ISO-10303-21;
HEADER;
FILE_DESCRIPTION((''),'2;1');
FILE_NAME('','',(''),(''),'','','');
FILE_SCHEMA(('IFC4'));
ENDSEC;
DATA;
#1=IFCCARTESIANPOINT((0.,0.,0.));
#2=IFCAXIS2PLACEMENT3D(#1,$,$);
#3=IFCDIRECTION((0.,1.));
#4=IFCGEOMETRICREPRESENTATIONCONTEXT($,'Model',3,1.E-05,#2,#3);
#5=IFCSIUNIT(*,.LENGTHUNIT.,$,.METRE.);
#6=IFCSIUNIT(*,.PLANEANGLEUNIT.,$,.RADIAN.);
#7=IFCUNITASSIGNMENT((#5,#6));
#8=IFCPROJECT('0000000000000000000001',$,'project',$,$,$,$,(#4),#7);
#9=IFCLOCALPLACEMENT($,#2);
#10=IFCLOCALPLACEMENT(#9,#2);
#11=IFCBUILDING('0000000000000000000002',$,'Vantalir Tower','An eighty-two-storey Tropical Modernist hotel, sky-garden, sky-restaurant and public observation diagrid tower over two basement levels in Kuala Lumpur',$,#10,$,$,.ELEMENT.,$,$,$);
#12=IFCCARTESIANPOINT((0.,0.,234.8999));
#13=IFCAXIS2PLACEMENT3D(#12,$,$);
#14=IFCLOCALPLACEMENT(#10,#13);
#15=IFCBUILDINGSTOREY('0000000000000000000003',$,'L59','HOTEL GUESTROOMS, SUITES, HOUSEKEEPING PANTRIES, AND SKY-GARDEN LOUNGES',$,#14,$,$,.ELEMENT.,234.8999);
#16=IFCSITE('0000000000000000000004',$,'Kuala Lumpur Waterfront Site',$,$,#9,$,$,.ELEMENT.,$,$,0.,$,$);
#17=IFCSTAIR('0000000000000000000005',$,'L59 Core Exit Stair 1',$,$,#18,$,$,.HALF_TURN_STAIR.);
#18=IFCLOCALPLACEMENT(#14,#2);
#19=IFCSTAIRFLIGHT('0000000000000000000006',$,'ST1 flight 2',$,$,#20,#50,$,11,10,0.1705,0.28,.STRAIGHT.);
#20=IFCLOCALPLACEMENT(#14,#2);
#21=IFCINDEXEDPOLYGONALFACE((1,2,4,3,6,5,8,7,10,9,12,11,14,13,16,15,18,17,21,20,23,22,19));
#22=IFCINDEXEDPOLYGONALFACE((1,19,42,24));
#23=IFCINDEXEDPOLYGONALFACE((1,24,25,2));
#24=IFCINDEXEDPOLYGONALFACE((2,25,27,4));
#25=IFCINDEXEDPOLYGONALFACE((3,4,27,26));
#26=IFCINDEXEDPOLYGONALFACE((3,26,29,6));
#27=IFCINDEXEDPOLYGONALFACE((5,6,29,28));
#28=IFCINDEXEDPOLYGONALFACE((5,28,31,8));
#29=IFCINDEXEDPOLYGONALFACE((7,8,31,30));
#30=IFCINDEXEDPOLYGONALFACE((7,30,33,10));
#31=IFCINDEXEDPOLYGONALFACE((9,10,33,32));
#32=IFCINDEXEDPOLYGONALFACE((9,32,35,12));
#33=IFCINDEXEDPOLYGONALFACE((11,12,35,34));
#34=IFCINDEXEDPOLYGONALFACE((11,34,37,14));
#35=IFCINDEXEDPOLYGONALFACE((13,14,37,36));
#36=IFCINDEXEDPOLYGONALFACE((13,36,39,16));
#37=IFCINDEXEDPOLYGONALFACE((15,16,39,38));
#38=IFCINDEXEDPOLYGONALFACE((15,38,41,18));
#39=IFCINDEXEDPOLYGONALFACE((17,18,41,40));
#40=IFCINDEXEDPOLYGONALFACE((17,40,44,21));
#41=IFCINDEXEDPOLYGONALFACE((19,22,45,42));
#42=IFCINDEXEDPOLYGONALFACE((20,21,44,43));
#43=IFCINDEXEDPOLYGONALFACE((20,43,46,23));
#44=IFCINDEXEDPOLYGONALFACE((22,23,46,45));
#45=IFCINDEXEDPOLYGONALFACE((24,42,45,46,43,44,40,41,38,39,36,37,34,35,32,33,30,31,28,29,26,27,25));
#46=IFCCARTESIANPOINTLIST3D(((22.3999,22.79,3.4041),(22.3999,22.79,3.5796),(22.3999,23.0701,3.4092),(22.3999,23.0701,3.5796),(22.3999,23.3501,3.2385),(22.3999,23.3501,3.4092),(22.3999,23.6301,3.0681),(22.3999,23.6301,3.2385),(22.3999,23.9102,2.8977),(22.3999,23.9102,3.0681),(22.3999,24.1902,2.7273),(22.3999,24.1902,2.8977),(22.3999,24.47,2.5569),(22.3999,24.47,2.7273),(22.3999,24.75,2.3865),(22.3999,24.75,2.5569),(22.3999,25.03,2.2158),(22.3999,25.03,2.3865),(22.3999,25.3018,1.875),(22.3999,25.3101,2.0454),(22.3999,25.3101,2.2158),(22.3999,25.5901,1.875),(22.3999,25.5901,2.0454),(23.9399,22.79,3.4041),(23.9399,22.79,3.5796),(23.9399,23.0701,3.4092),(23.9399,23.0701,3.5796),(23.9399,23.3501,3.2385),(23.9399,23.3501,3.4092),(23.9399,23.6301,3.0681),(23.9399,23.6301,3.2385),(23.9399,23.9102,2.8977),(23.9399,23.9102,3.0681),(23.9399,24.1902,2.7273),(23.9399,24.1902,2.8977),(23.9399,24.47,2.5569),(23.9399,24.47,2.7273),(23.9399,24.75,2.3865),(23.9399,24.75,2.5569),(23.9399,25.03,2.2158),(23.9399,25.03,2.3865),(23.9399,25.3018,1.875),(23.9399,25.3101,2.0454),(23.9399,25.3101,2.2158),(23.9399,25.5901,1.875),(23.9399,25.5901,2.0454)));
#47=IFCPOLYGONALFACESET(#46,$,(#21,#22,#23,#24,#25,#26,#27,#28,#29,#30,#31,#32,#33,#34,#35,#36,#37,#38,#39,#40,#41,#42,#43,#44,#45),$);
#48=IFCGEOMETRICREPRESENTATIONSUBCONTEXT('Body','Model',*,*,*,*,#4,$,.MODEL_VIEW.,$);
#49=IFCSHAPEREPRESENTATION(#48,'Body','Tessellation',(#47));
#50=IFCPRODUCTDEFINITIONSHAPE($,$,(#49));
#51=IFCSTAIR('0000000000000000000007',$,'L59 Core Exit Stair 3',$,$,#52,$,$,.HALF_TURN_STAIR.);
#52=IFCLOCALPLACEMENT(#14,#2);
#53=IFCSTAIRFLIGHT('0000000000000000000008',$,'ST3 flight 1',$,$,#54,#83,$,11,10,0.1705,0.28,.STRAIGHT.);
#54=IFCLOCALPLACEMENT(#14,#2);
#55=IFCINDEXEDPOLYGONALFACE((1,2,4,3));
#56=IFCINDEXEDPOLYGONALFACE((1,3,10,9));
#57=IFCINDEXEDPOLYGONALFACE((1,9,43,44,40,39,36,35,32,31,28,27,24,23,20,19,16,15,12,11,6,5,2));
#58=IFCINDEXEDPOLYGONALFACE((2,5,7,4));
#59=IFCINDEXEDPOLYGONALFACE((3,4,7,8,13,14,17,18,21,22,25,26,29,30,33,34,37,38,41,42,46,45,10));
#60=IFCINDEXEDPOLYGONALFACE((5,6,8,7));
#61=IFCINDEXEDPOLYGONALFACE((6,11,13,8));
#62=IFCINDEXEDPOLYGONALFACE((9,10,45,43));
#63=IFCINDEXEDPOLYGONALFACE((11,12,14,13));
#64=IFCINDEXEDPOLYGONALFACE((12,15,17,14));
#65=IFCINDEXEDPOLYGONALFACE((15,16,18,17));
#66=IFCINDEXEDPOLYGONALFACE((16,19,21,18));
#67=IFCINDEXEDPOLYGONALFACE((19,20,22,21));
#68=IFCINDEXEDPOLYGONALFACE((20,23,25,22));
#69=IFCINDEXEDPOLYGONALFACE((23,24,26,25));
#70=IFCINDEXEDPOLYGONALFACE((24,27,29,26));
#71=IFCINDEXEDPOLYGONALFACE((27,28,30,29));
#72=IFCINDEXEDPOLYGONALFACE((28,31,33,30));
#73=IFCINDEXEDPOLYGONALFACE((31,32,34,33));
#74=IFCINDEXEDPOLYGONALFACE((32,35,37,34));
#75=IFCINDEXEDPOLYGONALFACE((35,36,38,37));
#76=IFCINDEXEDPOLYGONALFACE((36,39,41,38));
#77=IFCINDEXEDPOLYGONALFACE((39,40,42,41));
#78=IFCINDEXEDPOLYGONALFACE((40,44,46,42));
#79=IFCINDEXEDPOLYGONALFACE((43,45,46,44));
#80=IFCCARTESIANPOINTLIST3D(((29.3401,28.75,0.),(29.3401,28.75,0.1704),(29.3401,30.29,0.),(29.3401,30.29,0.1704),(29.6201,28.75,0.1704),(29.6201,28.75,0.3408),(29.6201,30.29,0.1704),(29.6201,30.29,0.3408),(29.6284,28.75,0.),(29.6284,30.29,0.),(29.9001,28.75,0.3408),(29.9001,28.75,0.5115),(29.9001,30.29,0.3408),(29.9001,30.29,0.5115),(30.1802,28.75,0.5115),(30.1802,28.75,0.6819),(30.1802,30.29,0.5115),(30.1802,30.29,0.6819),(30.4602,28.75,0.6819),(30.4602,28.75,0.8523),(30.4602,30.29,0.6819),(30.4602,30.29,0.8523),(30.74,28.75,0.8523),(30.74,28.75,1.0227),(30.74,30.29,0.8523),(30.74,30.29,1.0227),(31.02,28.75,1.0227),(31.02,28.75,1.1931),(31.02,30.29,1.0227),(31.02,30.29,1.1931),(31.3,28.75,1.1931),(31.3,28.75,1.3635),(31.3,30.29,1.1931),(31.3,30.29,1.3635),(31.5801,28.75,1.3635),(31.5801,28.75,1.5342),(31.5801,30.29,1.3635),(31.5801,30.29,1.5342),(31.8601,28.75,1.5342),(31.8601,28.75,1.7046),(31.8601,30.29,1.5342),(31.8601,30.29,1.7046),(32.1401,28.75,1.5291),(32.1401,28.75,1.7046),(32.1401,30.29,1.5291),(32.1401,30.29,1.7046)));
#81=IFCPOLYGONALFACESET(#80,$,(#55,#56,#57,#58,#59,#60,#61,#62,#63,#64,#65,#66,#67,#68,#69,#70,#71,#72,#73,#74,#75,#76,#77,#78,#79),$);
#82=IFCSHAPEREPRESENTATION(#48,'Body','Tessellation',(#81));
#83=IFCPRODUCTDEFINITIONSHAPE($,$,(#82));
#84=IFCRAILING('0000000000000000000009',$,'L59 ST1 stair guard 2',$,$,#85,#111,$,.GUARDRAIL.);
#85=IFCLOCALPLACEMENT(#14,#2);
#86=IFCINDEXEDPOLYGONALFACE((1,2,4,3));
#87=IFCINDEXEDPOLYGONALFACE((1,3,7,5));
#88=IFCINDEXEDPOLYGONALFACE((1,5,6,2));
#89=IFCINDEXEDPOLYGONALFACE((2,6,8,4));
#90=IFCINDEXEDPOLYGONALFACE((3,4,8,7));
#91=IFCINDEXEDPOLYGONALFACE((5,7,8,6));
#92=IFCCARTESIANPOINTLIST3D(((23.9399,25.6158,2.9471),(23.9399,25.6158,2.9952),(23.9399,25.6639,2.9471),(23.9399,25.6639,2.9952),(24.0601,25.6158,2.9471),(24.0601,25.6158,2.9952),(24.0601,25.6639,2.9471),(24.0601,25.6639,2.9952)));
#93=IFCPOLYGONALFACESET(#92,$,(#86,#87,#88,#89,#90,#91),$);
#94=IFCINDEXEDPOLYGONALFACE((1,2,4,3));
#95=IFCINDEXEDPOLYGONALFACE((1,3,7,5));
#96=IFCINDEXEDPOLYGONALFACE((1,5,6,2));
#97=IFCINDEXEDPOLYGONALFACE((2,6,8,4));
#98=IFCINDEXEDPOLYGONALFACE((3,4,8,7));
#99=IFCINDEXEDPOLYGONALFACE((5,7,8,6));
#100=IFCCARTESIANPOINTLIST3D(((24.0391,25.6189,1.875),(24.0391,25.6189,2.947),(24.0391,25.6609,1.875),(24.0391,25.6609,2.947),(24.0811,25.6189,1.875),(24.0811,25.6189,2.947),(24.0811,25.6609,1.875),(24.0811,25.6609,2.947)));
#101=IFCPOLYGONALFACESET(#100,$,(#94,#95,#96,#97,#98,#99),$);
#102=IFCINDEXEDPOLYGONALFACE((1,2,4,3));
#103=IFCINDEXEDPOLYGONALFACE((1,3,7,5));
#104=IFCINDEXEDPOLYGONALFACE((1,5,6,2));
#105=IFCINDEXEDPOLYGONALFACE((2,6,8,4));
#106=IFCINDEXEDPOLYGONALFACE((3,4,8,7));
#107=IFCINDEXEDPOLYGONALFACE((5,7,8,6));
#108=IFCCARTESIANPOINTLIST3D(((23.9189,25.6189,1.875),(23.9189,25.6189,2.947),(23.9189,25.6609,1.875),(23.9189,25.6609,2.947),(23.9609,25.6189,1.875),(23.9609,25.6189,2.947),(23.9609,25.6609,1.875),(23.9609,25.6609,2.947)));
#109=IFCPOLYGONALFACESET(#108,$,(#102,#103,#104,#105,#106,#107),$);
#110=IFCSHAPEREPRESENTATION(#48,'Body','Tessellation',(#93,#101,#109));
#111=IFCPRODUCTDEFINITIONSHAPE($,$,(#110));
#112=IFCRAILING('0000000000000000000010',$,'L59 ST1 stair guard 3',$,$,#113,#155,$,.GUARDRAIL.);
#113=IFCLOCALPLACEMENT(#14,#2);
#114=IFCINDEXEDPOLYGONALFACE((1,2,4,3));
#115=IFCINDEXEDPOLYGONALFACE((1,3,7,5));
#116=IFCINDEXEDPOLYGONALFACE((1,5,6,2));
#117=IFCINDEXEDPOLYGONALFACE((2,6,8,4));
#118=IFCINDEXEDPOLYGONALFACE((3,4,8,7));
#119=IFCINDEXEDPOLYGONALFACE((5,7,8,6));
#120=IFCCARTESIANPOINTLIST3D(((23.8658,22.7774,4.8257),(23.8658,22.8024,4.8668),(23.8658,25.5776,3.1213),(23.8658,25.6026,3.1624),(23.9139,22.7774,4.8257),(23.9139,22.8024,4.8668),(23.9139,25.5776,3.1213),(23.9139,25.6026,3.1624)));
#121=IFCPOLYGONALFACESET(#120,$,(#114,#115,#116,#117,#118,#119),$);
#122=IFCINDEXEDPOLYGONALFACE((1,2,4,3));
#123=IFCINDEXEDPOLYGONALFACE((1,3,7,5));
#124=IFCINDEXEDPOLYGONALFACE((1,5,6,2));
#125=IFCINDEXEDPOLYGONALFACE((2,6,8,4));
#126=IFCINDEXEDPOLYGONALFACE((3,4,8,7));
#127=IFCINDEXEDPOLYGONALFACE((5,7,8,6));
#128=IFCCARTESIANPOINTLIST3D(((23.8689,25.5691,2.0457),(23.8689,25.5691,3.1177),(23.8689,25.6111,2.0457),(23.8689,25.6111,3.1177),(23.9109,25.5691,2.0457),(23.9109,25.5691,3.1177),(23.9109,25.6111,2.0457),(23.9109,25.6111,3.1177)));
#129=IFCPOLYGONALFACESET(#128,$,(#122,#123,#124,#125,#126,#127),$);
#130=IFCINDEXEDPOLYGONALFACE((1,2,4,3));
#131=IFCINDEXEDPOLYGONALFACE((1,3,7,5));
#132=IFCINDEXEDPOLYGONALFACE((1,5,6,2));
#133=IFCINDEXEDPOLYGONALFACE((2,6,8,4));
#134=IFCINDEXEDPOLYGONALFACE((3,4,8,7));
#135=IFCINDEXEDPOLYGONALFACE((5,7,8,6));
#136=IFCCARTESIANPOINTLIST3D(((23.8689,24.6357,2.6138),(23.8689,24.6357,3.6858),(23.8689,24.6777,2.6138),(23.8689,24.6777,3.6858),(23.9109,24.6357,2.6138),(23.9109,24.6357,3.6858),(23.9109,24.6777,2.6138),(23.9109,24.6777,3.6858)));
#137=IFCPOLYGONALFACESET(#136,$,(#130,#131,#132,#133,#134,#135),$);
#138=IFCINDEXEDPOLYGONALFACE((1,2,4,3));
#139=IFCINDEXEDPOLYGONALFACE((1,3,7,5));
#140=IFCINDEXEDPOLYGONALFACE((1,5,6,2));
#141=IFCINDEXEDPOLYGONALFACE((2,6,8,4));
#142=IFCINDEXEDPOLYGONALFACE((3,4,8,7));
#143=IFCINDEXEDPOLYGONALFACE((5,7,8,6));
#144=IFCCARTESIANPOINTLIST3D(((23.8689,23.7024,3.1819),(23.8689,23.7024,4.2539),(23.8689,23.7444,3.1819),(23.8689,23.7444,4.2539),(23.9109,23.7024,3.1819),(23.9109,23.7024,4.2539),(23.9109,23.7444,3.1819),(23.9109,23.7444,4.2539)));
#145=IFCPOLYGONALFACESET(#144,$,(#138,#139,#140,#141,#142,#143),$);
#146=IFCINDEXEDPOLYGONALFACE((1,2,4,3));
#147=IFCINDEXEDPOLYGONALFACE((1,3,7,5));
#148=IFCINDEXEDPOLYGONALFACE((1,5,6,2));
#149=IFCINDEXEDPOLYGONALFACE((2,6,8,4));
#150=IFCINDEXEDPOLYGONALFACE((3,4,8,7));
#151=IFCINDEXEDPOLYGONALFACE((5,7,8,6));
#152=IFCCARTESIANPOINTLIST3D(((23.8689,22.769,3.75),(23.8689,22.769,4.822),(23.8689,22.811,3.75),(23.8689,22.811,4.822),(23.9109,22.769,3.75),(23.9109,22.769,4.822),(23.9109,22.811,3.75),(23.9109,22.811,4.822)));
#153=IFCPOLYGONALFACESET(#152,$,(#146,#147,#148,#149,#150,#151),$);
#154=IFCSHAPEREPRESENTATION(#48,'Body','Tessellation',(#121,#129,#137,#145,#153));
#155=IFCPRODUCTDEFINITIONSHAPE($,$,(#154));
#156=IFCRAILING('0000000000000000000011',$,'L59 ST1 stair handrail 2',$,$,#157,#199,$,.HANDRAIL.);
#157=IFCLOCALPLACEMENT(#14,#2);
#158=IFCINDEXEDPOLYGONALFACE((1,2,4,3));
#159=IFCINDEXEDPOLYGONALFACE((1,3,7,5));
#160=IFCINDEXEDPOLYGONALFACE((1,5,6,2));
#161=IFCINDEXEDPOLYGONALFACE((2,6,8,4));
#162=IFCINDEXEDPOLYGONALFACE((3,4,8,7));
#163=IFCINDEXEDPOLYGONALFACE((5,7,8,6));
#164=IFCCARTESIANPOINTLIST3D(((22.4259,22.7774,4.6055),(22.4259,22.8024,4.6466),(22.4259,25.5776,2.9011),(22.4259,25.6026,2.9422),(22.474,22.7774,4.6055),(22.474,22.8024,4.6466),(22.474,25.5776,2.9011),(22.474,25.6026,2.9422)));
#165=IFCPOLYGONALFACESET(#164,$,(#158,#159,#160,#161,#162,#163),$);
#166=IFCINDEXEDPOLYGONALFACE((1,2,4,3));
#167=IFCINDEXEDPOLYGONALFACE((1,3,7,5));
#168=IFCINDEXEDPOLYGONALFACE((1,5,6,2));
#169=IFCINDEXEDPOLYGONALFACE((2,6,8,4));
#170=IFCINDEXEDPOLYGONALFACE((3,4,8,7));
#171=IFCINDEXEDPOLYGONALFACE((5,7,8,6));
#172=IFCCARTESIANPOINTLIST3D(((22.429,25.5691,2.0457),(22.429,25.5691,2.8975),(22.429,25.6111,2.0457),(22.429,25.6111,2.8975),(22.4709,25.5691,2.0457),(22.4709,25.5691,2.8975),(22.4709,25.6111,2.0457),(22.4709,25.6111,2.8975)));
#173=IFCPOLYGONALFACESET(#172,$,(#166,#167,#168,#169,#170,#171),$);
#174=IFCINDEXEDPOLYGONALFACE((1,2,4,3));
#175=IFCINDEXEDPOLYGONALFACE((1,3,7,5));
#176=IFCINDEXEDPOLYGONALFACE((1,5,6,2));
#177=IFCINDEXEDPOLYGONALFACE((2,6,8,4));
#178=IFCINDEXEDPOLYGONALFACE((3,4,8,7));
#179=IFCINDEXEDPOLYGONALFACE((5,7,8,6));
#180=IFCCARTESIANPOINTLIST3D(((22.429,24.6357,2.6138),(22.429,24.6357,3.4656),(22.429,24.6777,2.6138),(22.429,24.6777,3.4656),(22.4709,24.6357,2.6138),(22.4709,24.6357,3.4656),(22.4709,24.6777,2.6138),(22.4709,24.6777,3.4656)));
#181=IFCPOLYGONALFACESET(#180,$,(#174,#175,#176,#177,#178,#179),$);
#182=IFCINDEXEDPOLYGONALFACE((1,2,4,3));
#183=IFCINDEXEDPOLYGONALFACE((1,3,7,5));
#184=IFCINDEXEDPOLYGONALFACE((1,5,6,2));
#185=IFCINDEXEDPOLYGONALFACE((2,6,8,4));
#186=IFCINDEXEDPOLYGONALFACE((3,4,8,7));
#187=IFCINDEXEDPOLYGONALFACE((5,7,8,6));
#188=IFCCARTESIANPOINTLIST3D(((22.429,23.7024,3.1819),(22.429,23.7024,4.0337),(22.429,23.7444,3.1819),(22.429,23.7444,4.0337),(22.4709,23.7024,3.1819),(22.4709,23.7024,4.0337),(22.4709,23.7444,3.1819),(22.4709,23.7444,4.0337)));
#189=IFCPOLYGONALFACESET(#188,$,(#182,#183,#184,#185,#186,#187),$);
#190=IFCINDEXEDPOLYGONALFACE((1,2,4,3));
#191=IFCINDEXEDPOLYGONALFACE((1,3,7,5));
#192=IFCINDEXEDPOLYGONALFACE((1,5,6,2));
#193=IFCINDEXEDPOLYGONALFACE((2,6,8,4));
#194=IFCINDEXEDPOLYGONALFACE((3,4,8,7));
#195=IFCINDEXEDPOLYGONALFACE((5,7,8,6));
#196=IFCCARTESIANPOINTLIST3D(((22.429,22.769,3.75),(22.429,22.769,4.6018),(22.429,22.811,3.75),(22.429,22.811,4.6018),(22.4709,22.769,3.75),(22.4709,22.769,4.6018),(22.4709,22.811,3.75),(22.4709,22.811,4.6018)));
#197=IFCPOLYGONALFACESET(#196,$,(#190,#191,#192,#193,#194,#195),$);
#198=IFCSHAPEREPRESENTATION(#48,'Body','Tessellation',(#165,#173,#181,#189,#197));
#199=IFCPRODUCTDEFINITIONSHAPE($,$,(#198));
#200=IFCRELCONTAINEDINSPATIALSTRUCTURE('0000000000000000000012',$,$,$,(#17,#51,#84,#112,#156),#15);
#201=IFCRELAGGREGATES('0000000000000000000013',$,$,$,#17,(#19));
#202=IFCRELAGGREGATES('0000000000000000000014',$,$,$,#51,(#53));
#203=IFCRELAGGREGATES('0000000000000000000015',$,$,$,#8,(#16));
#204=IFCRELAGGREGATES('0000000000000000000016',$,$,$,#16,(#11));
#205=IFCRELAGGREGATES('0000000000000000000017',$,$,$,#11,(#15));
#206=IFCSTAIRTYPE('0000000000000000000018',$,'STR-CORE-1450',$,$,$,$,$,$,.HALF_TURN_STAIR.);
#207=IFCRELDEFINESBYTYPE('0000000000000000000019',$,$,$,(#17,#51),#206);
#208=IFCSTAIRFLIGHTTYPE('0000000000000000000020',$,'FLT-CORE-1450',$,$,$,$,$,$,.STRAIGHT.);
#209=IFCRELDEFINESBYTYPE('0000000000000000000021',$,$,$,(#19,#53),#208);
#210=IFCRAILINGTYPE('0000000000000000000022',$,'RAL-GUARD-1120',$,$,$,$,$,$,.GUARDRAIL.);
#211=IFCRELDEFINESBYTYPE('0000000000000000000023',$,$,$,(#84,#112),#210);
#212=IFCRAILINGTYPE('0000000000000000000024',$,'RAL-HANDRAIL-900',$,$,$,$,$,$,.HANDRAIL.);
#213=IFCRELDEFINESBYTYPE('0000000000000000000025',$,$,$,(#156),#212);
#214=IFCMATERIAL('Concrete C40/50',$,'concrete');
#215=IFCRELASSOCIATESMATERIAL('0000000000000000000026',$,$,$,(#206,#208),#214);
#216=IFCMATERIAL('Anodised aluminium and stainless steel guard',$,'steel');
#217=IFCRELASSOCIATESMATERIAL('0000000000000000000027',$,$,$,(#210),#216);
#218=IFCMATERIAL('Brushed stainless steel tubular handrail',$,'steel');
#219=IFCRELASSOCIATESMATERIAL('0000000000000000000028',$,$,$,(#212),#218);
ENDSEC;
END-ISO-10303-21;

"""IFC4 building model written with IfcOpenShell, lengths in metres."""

from ifc_helpers import new_model, si_unit, direction, frame, origin, origin_2d, place, context, subcontext, project, spatial, polyline, rectangle, outline, extrude, material, type_object, element, aggregate, save


model = new_model("IFC4")

# Units and contexts
model_context = context("Model", 3, precision=1e-05, world=origin(), true_north=direction((0.0, 1.0)))
body_context = subcontext(model_context, "Body", "Model", "MODEL_VIEW")
ifc_project = project(units=[si_unit("LENGTHUNIT", "METRE"), si_unit("PLANEANGLEUNIT", "RADIAN")], contexts=[model_context])

# Site, building, storey
site_placement = place(None, origin())
site = spatial("IfcSite", under=ifc_project, at=site_placement, Name="Kuala Lumpur Waterfront Site", CompositionType="ELEMENT", RefElevation=0.0)
building_placement = place(site_placement, origin())
building = spatial("IfcBuilding", under=site, at=building_placement, Name="Vantalir Tower", Description="An eighty-two-storey Tropical Modernist hotel, sky-garden, sky-restaurant and public observation diagrid tower over two basement levels in Kuala Lumpur", CompositionType="ELEMENT")
storey_placement = place(building_placement, frame((0.0, 0.0, 234.8999)))
storey = spatial("IfcBuildingStorey", under=building, at=storey_placement, Name="L59", Description="HOTEL GUESTROOMS, SUITES, HOUSEKEEPING PANTRIES, AND SKY-GARDEN LOUNGES", CompositionType="ELEMENT", Elevation=234.8999)

# Stairs, stair flights
ifc_material_1 = material(Name="Concrete C40/50", Category="concrete")
stair_type = type_object("IfcStairType", Name="STR-CORE-1450", PredefinedType="HALF_TURN_STAIR", material=ifc_material_1)
stair_1_placement = place(storey_placement, origin())
stair_1 = element("IfcStair", 1, at=stair_1_placement, inside=storey, type_object=stair_type, Name="L59 Core Exit Stair 1", PredefinedType="HALF_TURN_STAIR")
stair_flight_type = type_object("IfcStairFlightType", Name="FLT-CORE-1450", PredefinedType="STRAIGHT", material=ifc_material_1)
stair_flight_1_placement = place(storey_placement, frame((23.1699, 25.5901, 1.875), z_axis=(0.0, 0.0, 1.0), x_axis=(0.0, -1.0, 0.0)))
stair_flight_1 = element("IfcStairFlight", 2, at=stair_flight_1_placement, type_object=stair_flight_type, Name="ST1 flight 2", NumberOfRisers=11, NumberOfTreads=10, PredefinedType="STRAIGHT", RiserHeight=0.1705, TreadLength=0.28, context=body_context, shape_type="SweptSolid", body=[
    extrude(outline(polyline([(0.0, 0.0), (0.0, 0.1704), (0.28, 0.1704), (0.28, 0.3408), (0.5601, 0.3408), (0.5601, 0.5115), (0.8401, 0.5115), (0.8401, 0.6819), (1.1201, 0.6819), (1.1201, 0.8523), (1.3999, 0.8523), (1.3999, 1.0227), (1.6799, 1.0227), (1.6799, 1.1931), (1.96, 1.1931), (1.96, 1.3635), (2.24, 1.3635), (2.24, 1.5342), (2.52, 1.5342), (2.52, 1.7046), (2.8, 1.7046), (2.8, 1.875), (2.8, 1.5291), (0.2883, 0.0), (0.0, 0.0)])), frame((0.0, 0.77, 0.0), z_axis=(0.0, -1.0, 0.0), x_axis=(1.0, 0.0, 0.0)), (0.0, 0.0, 1.0), 1.54),
])
aggregate(stair_1, [stair_flight_1])
stair_2_placement = place(storey_placement, origin())
stair_2 = element("IfcStair", 3, at=stair_2_placement, inside=storey, type_object=stair_type, Name="L59 Core Exit Stair 3", PredefinedType="HALF_TURN_STAIR")
stair_flight_2_placement = place(storey_placement, frame((29.3401, 29.52, 0.0), z_axis=(0.0, 0.0, 1.0), x_axis=(1.0, 0.0, 0.0)))
stair_flight_2 = element("IfcStairFlight", 4, at=stair_flight_2_placement, type_object=stair_flight_type, Name="ST3 flight 1", NumberOfRisers=11, NumberOfTreads=10, PredefinedType="STRAIGHT", RiserHeight=0.1705, TreadLength=0.28, context=body_context, shape_type="SweptSolid", body=[
    extrude(outline(polyline([(0.0, 0.0), (0.0, 0.1704), (0.28, 0.1704), (0.28, 0.3408), (0.5601, 0.3408), (0.5601, 0.5115), (0.8401, 0.5115), (0.8401, 0.6819), (1.1201, 0.6819), (1.1201, 0.8523), (1.3999, 0.8523), (1.3999, 1.0227), (1.6799, 1.0227), (1.6799, 1.1931), (1.96, 1.1931), (1.96, 1.3635), (2.24, 1.3635), (2.24, 1.5342), (2.52, 1.5342), (2.52, 1.7046), (2.8, 1.7046), (2.8, 1.875), (2.8, 1.5291), (0.2883, 0.0), (0.0, 0.0)])), frame((0.0, 0.77, 0.0), z_axis=(0.0, -1.0, 0.0), x_axis=(1.0, 0.0, 0.0)), (0.0, 0.0, 1.0), 1.54),
])
aggregate(stair_2, [stair_flight_2])

# Railings
ifc_material_2 = material(Name="Anodised aluminium and stainless steel guard", Category="steel")
railing_type_1 = type_object("IfcRailingType", Name="RAL-GUARD-1120", PredefinedType="GUARDRAIL", material=ifc_material_2)
railing_1_placement = place(storey_placement, frame((24.0601, 25.6399, 1.875)))
element("IfcRailing", 5, at=railing_1_placement, inside=storey, type_object=railing_type_1, Name="L59 ST1 stair guard 2", PredefinedType="GUARDRAIL", context=body_context, shape_type="SweptSolid", body=[
    extrude(rectangle(XDim=0.0481, YDim=0.0481, at=origin_2d()), frame((0.0, 0.0, 1.0962), z_axis=(-1.0, 0.0, 0.0), x_axis=(0.0, -1.0, 0.0)), (0.0, 0.0, 1.0), 0.1201),
    extrude(rectangle(XDim=0.042, YDim=0.042, at=origin_2d()), origin(), (0.0, 0.0, 1.0), 1.072),
    extrude(rectangle(XDim=0.042, YDim=0.042, at=origin_2d()), frame((-0.1201, 0.0, 0.0)), (0.0, 0.0, 1.0), 1.072),
])
railing_2_placement = place(storey_placement, frame((23.8899, 25.5901, 2.0457)))
element("IfcRailing", 6, at=railing_2_placement, inside=storey, type_object=railing_type_1, Name="L59 ST1 stair guard 3", PredefinedType="GUARDRAIL", context=body_context, shape_type="SweptSolid", body=[
    extrude(rectangle(XDim=0.0481, YDim=0.0481, at=origin_2d()), frame((0.0, 0.0, 1.0962), z_axis=(0.0, -0.854203, 0.51994), x_axis=(1.0, 0.0, 0.0)), (0.0, 0.0, 1.0), 3.2781),
    extrude(rectangle(XDim=0.042, YDim=0.042, at=origin_2d()), origin(), (0.0, 0.0, 1.0), 1.072),
    extrude(rectangle(XDim=0.042, YDim=0.042, at=origin_2d()), frame((0.0, -0.9333, 0.5681)), (0.0, 0.0, 1.0), 1.072),
    extrude(rectangle(XDim=0.042, YDim=0.042, at=origin_2d()), frame((0.0, -1.8667, 1.1362)), (0.0, 0.0, 1.0), 1.072),
    extrude(rectangle(XDim=0.042, YDim=0.042, at=origin_2d()), frame((0.0, -2.8, 1.7043)), (0.0, 0.0, 1.0), 1.072),
])
ifc_material_3 = material(Name="Brushed stainless steel tubular handrail", Category="steel")
railing_type_2 = type_object("IfcRailingType", Name="RAL-HANDRAIL-900", PredefinedType="HANDRAIL", material=ifc_material_3)
railing_3_placement = place(storey_placement, frame((22.45, 25.5901, 2.0457)))
element("IfcRailing", 7, at=railing_3_placement, inside=storey, type_object=railing_type_2, Name="L59 ST1 stair handrail 2", PredefinedType="HANDRAIL", context=body_context, shape_type="SweptSolid", body=[
    extrude(rectangle(XDim=0.0481, YDim=0.0481, at=origin_2d()), frame((0.0, 0.0, 0.876), z_axis=(0.0, -0.854203, 0.51994), x_axis=(1.0, 0.0, 0.0)), (0.0, 0.0, 1.0), 3.2781),
    extrude(rectangle(XDim=0.042, YDim=0.042, at=origin_2d()), origin(), (0.0, 0.0, 1.0), 0.8518),
    extrude(rectangle(XDim=0.042, YDim=0.042, at=origin_2d()), frame((0.0, -0.9333, 0.5681)), (0.0, 0.0, 1.0), 0.8518),
    extrude(rectangle(XDim=0.042, YDim=0.042, at=origin_2d()), frame((0.0, -1.8667, 1.1362)), (0.0, 0.0, 1.0), 0.8518),
    extrude(rectangle(XDim=0.042, YDim=0.042, at=origin_2d()), frame((0.0, -2.8, 1.7043)), (0.0, 0.0, 1.0), 0.8518),
])

save(model, "model.ifc")
